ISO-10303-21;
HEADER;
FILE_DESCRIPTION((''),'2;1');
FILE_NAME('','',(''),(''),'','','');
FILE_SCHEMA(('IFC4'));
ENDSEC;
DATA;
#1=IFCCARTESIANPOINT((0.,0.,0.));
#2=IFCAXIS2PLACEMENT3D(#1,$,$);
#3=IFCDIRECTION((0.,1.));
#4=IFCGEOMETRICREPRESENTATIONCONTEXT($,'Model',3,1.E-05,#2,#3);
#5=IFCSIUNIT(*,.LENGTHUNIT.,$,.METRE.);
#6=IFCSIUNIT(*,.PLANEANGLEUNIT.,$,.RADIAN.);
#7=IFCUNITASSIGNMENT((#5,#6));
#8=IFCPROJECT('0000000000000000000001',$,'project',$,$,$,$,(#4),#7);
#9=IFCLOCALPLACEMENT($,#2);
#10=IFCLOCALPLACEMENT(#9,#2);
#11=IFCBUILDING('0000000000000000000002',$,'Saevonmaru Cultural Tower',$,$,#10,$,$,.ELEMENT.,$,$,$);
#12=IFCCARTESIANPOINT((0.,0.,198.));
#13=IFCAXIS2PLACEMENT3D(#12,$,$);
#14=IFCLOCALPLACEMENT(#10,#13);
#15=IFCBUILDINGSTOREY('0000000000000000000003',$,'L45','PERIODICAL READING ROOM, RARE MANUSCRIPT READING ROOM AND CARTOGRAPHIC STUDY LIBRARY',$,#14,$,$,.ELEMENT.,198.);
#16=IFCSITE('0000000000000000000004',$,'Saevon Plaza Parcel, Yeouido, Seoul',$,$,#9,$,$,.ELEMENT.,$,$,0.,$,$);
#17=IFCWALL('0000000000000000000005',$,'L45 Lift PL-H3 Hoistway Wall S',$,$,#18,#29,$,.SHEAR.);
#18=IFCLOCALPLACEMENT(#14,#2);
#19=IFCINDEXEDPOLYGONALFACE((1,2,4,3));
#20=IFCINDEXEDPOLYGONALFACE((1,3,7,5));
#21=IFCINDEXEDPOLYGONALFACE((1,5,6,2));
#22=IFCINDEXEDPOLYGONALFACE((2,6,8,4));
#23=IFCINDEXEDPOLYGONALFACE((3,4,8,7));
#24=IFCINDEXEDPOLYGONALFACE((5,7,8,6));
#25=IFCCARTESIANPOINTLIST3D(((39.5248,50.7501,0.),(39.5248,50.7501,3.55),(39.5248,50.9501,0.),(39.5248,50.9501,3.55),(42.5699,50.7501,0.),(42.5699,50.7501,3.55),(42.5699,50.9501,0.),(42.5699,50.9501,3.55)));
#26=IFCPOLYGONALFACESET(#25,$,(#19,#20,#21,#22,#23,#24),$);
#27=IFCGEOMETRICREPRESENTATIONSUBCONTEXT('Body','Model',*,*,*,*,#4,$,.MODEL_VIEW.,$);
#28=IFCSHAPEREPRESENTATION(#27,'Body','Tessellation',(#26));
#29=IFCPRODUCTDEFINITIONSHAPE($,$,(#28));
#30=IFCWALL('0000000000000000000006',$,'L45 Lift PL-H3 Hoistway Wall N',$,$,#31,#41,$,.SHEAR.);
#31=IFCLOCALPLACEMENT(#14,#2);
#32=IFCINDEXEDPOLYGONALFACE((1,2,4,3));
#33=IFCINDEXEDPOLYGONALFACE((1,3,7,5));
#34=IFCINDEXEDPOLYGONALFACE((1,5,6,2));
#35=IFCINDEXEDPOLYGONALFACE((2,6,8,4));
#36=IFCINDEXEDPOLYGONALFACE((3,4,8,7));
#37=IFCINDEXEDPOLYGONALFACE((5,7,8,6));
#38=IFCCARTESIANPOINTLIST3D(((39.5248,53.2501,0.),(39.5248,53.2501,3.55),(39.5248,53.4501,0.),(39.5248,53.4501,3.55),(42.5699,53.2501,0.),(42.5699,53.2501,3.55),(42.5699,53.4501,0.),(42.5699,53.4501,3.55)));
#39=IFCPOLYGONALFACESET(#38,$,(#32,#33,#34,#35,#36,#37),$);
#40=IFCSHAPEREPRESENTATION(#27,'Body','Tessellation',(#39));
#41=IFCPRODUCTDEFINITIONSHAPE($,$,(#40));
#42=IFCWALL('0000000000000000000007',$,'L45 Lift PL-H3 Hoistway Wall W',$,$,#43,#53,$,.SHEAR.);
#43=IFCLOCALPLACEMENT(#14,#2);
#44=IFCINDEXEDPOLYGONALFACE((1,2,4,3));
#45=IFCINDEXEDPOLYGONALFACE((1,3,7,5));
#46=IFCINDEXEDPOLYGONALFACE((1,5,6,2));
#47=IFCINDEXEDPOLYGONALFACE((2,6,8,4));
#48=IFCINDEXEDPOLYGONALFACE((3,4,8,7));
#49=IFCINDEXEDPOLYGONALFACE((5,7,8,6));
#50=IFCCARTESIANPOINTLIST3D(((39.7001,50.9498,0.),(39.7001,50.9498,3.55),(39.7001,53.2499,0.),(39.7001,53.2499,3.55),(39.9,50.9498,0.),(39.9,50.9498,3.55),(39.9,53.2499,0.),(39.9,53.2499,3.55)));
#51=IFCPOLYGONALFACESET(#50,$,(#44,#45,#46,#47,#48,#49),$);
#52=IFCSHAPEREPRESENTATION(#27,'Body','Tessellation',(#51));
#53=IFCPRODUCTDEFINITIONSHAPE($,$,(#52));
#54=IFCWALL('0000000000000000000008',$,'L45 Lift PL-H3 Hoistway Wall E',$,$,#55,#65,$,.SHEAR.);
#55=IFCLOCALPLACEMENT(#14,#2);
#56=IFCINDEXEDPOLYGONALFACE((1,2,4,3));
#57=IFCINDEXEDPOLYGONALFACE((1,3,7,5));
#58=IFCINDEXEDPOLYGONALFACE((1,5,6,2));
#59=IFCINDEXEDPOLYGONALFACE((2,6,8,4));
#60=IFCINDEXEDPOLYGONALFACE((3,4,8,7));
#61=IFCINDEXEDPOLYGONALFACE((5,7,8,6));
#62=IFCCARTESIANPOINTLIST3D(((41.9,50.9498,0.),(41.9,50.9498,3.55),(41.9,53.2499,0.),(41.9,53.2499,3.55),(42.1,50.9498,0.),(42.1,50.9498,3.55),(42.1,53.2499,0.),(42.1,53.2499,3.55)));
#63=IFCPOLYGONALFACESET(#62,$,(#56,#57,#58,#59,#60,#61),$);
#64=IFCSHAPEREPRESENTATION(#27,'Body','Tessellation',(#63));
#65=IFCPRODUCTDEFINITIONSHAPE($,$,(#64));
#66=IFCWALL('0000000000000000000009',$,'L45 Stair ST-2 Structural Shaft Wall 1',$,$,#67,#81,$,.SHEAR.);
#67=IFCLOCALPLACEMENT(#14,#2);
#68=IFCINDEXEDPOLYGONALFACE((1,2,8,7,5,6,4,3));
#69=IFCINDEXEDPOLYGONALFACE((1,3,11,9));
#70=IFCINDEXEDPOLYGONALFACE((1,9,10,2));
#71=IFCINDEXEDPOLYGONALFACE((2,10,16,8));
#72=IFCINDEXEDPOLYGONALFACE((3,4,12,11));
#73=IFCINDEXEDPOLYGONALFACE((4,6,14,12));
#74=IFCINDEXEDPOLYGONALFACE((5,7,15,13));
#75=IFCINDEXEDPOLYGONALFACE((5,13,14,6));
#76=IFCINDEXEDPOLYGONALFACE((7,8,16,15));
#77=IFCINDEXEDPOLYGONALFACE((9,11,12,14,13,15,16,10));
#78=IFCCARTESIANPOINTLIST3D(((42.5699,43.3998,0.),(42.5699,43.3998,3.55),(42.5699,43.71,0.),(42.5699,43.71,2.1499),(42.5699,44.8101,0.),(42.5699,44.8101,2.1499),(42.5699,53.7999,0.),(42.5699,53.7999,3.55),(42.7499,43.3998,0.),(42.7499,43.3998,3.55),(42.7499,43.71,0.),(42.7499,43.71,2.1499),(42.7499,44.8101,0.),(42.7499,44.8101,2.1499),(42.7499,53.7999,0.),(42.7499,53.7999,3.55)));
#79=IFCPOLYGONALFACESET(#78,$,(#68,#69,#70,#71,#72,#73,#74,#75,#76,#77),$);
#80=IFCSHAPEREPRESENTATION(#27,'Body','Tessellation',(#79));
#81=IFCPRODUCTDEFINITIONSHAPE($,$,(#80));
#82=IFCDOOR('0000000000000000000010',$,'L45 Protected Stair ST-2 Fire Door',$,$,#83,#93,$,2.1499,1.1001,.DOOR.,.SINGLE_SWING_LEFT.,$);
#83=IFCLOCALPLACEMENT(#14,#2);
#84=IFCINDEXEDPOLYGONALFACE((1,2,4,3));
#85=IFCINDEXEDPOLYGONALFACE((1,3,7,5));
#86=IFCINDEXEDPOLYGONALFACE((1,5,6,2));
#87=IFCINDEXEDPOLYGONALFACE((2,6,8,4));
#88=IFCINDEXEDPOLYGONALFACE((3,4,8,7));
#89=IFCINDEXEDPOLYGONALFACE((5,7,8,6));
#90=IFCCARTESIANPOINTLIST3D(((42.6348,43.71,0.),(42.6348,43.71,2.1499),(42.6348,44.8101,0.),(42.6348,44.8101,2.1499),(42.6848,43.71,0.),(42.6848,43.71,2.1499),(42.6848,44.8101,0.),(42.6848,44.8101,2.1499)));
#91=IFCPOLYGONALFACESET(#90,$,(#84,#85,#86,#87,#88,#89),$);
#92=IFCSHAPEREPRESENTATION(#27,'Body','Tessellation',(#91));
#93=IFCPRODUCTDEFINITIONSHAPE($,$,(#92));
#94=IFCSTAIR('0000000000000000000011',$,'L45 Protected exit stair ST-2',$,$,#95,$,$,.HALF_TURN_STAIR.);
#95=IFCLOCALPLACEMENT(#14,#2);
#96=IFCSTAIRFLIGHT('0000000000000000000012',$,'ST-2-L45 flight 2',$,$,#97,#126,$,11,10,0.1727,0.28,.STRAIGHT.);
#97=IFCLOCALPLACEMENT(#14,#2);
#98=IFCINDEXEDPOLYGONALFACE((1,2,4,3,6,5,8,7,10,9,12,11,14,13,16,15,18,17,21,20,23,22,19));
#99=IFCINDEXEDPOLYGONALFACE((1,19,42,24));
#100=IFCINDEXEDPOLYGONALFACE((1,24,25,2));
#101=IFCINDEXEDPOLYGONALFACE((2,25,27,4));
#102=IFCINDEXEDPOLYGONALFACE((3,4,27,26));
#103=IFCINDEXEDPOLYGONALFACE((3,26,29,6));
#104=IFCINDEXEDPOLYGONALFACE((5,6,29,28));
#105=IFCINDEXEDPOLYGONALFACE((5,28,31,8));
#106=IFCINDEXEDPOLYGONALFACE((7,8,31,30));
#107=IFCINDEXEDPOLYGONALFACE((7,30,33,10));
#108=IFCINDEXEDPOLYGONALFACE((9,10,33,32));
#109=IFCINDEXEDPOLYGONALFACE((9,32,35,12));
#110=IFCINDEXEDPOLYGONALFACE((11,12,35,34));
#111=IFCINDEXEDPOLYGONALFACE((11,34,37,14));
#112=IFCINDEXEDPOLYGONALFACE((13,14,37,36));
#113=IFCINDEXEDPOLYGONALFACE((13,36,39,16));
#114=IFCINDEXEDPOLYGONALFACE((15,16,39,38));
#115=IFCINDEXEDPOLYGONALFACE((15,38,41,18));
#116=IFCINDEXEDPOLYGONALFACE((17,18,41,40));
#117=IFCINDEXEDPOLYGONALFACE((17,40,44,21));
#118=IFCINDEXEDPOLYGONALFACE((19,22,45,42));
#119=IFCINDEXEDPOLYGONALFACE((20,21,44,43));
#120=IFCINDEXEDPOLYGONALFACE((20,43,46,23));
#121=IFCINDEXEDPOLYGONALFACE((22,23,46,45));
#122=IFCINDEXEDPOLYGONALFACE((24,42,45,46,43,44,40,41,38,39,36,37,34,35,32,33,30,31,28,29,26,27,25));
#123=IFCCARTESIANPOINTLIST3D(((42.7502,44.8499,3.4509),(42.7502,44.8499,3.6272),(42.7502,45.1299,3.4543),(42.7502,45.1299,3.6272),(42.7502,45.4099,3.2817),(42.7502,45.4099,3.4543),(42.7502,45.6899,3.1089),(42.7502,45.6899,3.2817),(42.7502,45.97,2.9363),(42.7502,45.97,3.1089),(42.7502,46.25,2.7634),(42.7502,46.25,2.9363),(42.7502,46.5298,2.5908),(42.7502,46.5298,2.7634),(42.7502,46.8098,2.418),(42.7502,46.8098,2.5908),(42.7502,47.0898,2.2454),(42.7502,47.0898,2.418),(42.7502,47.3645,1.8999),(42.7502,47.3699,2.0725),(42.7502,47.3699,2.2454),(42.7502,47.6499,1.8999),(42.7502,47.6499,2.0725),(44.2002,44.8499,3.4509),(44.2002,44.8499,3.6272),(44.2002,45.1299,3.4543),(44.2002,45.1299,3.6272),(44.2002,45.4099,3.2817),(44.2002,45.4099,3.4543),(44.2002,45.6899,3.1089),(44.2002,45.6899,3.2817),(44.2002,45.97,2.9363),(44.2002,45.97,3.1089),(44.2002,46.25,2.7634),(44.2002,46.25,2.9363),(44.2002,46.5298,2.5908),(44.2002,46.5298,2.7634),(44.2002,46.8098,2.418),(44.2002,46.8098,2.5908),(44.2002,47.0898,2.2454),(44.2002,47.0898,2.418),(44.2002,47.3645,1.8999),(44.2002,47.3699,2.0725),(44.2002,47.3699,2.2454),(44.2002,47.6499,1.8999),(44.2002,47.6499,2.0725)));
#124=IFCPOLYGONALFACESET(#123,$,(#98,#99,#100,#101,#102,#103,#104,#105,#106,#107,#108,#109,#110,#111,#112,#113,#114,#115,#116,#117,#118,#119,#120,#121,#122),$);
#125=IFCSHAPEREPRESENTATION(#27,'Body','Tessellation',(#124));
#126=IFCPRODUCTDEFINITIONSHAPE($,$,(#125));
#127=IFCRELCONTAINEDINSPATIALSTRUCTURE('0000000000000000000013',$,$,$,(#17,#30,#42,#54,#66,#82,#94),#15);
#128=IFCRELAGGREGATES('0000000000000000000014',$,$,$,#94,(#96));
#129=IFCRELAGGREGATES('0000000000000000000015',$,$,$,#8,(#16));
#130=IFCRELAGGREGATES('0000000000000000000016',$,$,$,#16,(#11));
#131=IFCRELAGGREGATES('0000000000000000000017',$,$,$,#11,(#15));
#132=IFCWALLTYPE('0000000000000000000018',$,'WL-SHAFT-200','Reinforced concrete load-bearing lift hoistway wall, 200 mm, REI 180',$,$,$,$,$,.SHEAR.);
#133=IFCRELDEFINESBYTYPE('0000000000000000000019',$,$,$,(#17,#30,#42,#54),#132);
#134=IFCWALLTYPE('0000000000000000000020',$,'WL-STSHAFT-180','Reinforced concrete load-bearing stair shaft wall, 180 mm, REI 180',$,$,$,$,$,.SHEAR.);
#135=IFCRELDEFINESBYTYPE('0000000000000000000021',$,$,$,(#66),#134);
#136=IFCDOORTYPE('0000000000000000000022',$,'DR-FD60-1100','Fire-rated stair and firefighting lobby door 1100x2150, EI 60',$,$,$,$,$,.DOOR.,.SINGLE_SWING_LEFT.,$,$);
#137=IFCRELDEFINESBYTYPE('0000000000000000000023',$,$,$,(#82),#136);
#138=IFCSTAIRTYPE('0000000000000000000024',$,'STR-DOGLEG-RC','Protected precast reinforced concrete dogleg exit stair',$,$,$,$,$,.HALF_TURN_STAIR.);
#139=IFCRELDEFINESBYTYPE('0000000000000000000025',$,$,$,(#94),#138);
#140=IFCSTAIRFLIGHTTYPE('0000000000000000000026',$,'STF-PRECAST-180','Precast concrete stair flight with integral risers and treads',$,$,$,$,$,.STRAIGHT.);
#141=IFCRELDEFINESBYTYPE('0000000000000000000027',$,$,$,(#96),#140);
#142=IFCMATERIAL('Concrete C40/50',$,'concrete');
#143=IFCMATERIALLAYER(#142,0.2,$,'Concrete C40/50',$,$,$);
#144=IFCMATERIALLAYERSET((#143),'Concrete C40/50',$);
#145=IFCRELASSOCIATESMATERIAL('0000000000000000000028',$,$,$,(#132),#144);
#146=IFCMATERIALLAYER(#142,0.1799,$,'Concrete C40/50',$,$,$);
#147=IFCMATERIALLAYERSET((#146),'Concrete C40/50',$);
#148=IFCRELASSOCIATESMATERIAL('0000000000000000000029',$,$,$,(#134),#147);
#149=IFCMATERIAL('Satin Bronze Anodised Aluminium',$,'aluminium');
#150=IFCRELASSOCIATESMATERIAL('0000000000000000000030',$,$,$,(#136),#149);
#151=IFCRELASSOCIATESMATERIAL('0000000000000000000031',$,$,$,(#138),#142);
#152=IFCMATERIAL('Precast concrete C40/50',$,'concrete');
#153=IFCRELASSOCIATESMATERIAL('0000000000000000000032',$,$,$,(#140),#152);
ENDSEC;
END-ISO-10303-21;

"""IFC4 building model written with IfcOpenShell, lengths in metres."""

from ifc_helpers import new_model, si_unit, direction, frame, frame_2d, origin, place, context, subcontext, project, spatial, polyline, rectangle, outline, extrude, material, layer, layer_set, type_object, element, fill, aggregate, save


model = new_model("IFC4")

# Units and contexts
model_context = context("Model", 3, precision=1e-05, world=origin(), true_north=direction((0.0, 1.0)))
body_context = subcontext(model_context, "Body", "Model", "MODEL_VIEW")
ifc_project = project(units=[si_unit("LENGTHUNIT", "METRE"), si_unit("PLANEANGLEUNIT", "RADIAN")], contexts=[model_context])

# Site, building, storey
site_placement = place(None, origin())
site = spatial("IfcSite", under=ifc_project, at=site_placement, Name="Saevon Plaza Parcel, Yeouido, Seoul", CompositionType="ELEMENT", RefElevation=0.0)
building_placement = place(site_placement, origin())
building = spatial("IfcBuilding", under=site, at=building_placement, Name="Saevonmaru Cultural Tower", CompositionType="ELEMENT")
storey_placement = place(building_placement, frame((0.0, 0.0, 198.0)))
storey = spatial("IfcBuildingStorey", under=building, at=storey_placement, Name="L45", Description="PERIODICAL READING ROOM, RARE MANUSCRIPT READING ROOM AND CARTOGRAPHIC STUDY LIBRARY", CompositionType="ELEMENT", Elevation=198.0)

# Shared definitions
ifc_material_1 = material(Name="Satin Bronze Anodised Aluminium", Category="aluminium")

# Walls
ifc_material_2 = material(Name="Concrete C40/50", Category="concrete")
ifc_layer_1 = layer(ifc_material_2, 0.2, Name="Concrete C40/50")
ifc_layer_set_1 = layer_set([ifc_layer_1], Name="Concrete C40/50")
wall_type_1 = type_object("IfcWallType", Name="WL-SHAFT-200", Description="Reinforced concrete load-bearing lift hoistway wall, 200 mm, REI 180", PredefinedType="SHEAR", material=ifc_layer_set_1)
for number, where, z_axis, x_axis, name in (
    (1, (39.5249, 50.8501, 0.0), (0.0, 0.0, 1.0), (1.0, 0.0, 0.0), "L45 Lift PL-H3 Hoistway Wall S"),
    (2, (39.5249, 53.3501, 0.0), (0.0, 0.0, 1.0), (1.0, 0.0, 0.0), "L45 Lift PL-H3 Hoistway Wall N"),
):
    element("IfcWall", number, at=place(storey_placement, frame(where, z_axis=z_axis, x_axis=x_axis)), inside=storey, type_object=wall_type_1, Name=name, PredefinedType="SHEAR", context=body_context, shape_type="SweptSolid", body=[
        extrude(rectangle(XDim=3.0452, YDim=0.2, at=frame_2d((1.5225, 0.0))), origin(), (0.0, 0.0, 1.0), 3.55),
    ])
for number, where, z_axis, x_axis, name in (
    (3, (39.8, 50.95, 0.0), (0.0, 0.0, 1.0), (0.0, 1.0, 0.0), "L45 Lift PL-H3 Hoistway Wall W"),
    (4, (42.0, 50.95, 0.0), (0.0, 0.0, 1.0), (0.0, 1.0, 0.0), "L45 Lift PL-H3 Hoistway Wall E"),
):
    element("IfcWall", number, at=place(storey_placement, frame(where, z_axis=z_axis, x_axis=x_axis)), inside=storey, type_object=wall_type_1, Name=name, PredefinedType="SHEAR", context=body_context, shape_type="SweptSolid", body=[
        extrude(rectangle(XDim=2.3, YDim=0.2, at=frame_2d((1.1499, 0.0))), origin(), (0.0, 0.0, 1.0), 3.55),
    ])

# Wall, opening, door
ifc_layer_2 = layer(ifc_material_2, 0.1799, Name="Concrete C40/50")
ifc_layer_set_2 = layer_set([ifc_layer_2], Name="Concrete C40/50")
wall_type_2 = type_object("IfcWallType", Name="WL-STSHAFT-180", Description="Reinforced concrete load-bearing stair shaft wall, 180 mm, REI 180", PredefinedType="SHEAR", material=ifc_layer_set_2)
wall_1_placement = place(storey_placement, frame((42.6599, 53.8, 0.0), z_axis=(0.0, 0.0, 1.0), x_axis=(0.0, -1.0, 0.0)))
wall_1 = element("IfcWall", 5, at=wall_1_placement, inside=storey, type_object=wall_type_2, Name="L45 Stair ST-2 Structural Shaft Wall 1", PredefinedType="SHEAR", context=body_context, shape_type="SweptSolid", body=[
    extrude(rectangle(XDim=10.4001, YDim=0.1799, at=frame_2d((5.2002, 0.0))), origin(), (0.0, 0.0, 1.0), 3.55),
])
opening_1_placement = place(wall_1_placement, frame((8.99, 0.0, 0.0)))
opening_1 = element("IfcOpeningElement", 6, at=opening_1_placement, cuts=wall_1, PredefinedType="OPENING", context=body_context, shape_type="SweptSolid", body=[
    extrude(rectangle(XDim=1.1001, YDim=2.1499, at=frame_2d((0.55, 1.075))), frame((0.0, 0.1001, 0.0), z_axis=(0.0, -1.0, 0.0), x_axis=(1.0, 0.0, 0.0)), (0.0, 0.0, 1.0), 0.2),
])
door_type_1 = type_object("IfcDoorType", Name="DR-FD60-1100", Description="Fire-rated stair and firefighting lobby door 1100x2150, EI 60", OperationType="SINGLE_SWING_LEFT", PredefinedType="DOOR", material=ifc_material_1)
door_1_placement = place(opening_1_placement, origin())
door_1 = element("IfcDoor", 7, at=door_1_placement, inside=storey, type_object=door_type_1, Name="L45 Protected Stair ST-2 Fire Door", OperationType="SINGLE_SWING_LEFT", OverallHeight=2.1499, OverallWidth=1.1001, PredefinedType="DOOR", context=body_context, shape_type="SweptSolid", body=[
    extrude(rectangle(XDim=1.1001, YDim=2.1499, at=frame_2d((0.55, 1.075))), frame((0.0, 0.0249, 0.0), z_axis=(0.0, -1.0, 0.0), x_axis=(1.0, 0.0, 0.0)), (0.0, 0.0, 1.0), 0.05),
])
fill(opening_1, door_1)

# Stair, stair flight
stair_type = type_object("IfcStairType", Name="STR-DOGLEG-RC", Description="Protected precast reinforced concrete dogleg exit stair", PredefinedType="HALF_TURN_STAIR", material=ifc_material_2)
stair_placement = place(storey_placement, origin())
stair = element("IfcStair", 8, at=stair_placement, inside=storey, type_object=stair_type, Name="L45 Protected exit stair ST-2", PredefinedType="HALF_TURN_STAIR")
ifc_material_3 = material(Name="Precast concrete C40/50", Category="concrete")
stair_flight_type = type_object("IfcStairFlightType", Name="STF-PRECAST-180", Description="Precast concrete stair flight with integral risers and treads", PredefinedType="STRAIGHT", material=ifc_material_3)
stair_flight_placement = place(storey_placement, frame((43.4751, 47.6499, 1.8999), z_axis=(0.0, 0.0, 1.0), x_axis=(0.0, -1.0, 0.0)))
stair_flight = element("IfcStairFlight", 9, at=stair_flight_placement, type_object=stair_flight_type, Name="ST-2-L45 flight 2", NumberOfRisers=11, NumberOfTreads=10, PredefinedType="STRAIGHT", RiserHeight=0.1727, TreadLength=0.28, context=body_context, shape_type="SweptSolid", body=[
    extrude(outline(polyline([(0.0, 0.0), (0.0, 0.1726), (0.28, 0.1726), (0.28, 0.3455), (0.5601, 0.3455), (0.5601, 0.5181), (0.8401, 0.5181), (0.8401, 0.6909), (1.1201, 0.6909), (1.1201, 0.8635), (1.3999, 0.8635), (1.3999, 1.0364), (1.6799, 1.0364), (1.6799, 1.209), (1.96, 1.209), (1.96, 1.3818), (2.24, 1.3818), (2.24, 1.5544), (2.52, 1.5544), (2.52, 1.7273), (2.8, 1.7273), (2.8, 1.8999), (2.8, 1.551), (0.2854, 0.0), (0.0, 0.0)])), frame((0.0, 0.7251, 0.0), z_axis=(0.0, -1.0, 0.0), x_axis=(1.0, 0.0, 0.0)), (0.0, 0.0, 1.0), 1.45),
])
aggregate(stair, [stair_flight])

save(model, "model.ifc")
